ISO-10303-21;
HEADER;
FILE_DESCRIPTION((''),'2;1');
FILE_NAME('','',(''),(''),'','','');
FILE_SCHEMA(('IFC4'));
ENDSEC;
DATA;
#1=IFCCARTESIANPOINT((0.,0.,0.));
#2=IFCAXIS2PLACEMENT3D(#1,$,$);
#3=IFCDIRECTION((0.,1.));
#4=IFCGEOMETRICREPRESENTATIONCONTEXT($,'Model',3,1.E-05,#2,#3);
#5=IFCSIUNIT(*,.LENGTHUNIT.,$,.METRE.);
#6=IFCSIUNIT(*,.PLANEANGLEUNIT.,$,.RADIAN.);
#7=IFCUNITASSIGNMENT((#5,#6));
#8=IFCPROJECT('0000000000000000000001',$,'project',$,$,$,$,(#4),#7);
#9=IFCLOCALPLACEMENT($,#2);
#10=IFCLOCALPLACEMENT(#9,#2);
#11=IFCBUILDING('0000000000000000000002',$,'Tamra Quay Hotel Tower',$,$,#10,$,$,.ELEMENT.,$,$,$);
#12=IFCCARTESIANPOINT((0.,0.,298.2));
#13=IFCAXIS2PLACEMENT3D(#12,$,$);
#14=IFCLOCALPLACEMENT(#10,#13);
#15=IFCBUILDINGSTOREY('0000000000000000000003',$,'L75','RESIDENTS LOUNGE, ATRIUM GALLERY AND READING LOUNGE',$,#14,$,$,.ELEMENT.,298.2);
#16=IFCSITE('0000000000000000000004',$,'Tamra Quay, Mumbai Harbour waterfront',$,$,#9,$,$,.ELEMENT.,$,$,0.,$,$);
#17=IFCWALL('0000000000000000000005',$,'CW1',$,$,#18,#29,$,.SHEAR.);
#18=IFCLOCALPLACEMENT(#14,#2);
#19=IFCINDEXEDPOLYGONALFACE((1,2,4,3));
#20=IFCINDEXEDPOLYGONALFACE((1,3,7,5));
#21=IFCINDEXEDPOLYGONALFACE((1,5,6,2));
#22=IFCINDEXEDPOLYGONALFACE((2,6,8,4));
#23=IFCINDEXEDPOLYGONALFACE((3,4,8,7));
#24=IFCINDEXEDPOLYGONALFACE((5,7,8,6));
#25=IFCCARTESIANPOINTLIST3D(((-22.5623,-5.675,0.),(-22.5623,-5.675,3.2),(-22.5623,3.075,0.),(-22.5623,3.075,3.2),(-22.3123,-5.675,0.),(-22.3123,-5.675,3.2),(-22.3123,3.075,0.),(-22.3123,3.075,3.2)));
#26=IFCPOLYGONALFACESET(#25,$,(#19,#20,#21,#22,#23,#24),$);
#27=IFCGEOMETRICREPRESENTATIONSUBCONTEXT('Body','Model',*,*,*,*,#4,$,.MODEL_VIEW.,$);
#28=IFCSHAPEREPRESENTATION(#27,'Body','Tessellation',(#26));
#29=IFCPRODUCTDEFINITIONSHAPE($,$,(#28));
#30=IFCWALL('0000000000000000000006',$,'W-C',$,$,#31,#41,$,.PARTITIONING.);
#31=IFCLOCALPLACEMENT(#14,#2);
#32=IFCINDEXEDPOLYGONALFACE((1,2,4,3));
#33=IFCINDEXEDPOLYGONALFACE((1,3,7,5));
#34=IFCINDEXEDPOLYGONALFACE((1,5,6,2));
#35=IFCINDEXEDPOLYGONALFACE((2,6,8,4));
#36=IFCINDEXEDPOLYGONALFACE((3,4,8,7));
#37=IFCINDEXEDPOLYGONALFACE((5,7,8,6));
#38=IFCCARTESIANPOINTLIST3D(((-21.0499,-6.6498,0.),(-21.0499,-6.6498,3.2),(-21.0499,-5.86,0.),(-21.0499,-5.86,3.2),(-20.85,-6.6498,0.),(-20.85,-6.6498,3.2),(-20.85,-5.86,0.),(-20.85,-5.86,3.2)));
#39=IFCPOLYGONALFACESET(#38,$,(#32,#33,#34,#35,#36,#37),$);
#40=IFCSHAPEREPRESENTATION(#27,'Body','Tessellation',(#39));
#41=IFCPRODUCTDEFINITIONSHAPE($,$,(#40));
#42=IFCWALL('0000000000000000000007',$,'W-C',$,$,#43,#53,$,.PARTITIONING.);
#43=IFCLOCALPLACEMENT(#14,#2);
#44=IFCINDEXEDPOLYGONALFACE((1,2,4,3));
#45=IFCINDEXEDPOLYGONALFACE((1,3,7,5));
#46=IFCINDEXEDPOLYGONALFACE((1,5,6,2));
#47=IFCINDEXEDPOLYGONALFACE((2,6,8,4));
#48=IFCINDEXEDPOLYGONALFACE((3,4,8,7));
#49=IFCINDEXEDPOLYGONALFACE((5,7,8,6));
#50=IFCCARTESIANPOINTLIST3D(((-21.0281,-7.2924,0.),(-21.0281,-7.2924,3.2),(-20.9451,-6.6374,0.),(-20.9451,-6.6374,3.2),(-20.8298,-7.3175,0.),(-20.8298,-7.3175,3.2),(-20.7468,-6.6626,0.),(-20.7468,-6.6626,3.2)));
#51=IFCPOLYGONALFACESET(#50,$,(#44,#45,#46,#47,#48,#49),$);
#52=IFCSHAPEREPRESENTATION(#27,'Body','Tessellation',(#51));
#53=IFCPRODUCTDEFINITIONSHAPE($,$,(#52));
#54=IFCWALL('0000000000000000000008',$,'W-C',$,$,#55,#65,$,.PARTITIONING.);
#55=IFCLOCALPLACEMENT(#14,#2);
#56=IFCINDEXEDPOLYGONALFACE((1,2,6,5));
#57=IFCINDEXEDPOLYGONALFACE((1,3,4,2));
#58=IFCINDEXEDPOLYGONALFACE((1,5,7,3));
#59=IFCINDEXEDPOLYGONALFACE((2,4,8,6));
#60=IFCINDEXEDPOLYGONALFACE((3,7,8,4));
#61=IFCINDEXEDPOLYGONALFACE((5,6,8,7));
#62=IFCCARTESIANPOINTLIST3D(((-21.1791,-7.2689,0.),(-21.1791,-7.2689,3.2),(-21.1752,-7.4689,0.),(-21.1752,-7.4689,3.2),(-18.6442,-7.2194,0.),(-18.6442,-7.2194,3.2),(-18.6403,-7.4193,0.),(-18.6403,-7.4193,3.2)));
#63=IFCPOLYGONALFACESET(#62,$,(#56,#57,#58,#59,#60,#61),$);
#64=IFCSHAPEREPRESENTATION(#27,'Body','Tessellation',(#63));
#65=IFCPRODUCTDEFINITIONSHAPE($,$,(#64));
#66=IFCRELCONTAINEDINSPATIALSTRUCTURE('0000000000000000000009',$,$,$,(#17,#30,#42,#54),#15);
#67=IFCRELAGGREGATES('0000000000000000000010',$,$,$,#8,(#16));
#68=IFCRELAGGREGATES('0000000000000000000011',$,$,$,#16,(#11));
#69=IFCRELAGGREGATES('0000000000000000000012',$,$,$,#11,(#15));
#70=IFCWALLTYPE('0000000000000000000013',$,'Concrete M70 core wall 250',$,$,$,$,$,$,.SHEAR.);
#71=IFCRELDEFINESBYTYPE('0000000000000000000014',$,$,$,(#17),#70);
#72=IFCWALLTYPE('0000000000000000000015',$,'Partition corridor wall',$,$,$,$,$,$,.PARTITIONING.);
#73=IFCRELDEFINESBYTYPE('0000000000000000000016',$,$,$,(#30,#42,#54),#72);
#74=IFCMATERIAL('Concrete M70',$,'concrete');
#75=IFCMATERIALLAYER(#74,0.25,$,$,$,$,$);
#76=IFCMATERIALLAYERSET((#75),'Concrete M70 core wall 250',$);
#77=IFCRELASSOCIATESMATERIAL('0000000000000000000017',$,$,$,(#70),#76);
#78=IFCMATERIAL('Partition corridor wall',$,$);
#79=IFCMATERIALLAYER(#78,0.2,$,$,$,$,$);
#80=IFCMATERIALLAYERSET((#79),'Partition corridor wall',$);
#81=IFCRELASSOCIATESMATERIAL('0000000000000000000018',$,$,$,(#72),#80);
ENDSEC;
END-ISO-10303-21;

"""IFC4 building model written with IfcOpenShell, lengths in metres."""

from ifc_helpers import new_model, si_unit, direction, frame, frame_2d, origin, place, context, subcontext, project, spatial, rectangle, extrude, material, layer, layer_set, type_object, element, save


model = new_model("IFC4")

# Units and contexts
model_context = context("Model", 3, precision=1e-05, world=origin(), true_north=direction((0.0, 1.0)))
body_context = subcontext(model_context, "Body", "Model", "MODEL_VIEW")
ifc_project = project(units=[si_unit("LENGTHUNIT", "METRE"), si_unit("PLANEANGLEUNIT", "RADIAN")], contexts=[model_context])

# Site, building, storey
site_placement = place(None, origin())
site = spatial("IfcSite", under=ifc_project, at=site_placement, Name="Tamra Quay, Mumbai Harbour waterfront", CompositionType="ELEMENT", RefElevation=0.0)
building_placement = place(site_placement, origin())
building = spatial("IfcBuilding", under=site, at=building_placement, Name="Tamra Quay Hotel Tower", CompositionType="ELEMENT")
storey_placement = place(building_placement, frame((0.0, 0.0, 298.2)))
storey = spatial("IfcBuildingStorey", under=building, at=storey_placement, Name="L75", Description="RESIDENTS LOUNGE, ATRIUM GALLERY AND READING LOUNGE", CompositionType="ELEMENT", Elevation=298.2)

# Shared definitions
ifc_material_1 = material(Name="Concrete M70", Category="concrete")

# Walls
ifc_layer_1 = layer(ifc_material_1, 0.25)
ifc_layer_set_1 = layer_set([ifc_layer_1], Name="Concrete M70 core wall 250")
wall_type_1 = type_object("IfcWallType", Name="Concrete M70 core wall 250", PredefinedType="SHEAR", material=ifc_layer_set_1)
wall_1_placement = place(storey_placement, frame((-22.4373, -5.675, 0.0), z_axis=(0.0, 0.0, 1.0), x_axis=(0.0, 1.0, 0.0)))
element("IfcWall", 1, at=wall_1_placement, inside=storey, type_object=wall_type_1, Name="CW1", PredefinedType="SHEAR", context=body_context, shape_type="SweptSolid", body=[
    extrude(rectangle(XDim=8.75, YDim=0.25, at=frame_2d((4.375, 0.0))), origin(), (0.0, 0.0, 1.0), 3.2),
])
ifc_material_2 = material(Name="Partition corridor wall")
ifc_layer_2 = layer(ifc_material_2, 0.2)
ifc_layer_set_2 = layer_set([ifc_layer_2], Name="Partition corridor wall")
wall_type_2 = type_object("IfcWallType", Name="Partition corridor wall", PredefinedType="PARTITIONING", material=ifc_layer_set_2)
wall_2_placement = place(storey_placement, frame((-20.95, -6.6499, 0.0), z_axis=(0.0, 0.0, 1.0), x_axis=(0.0, 1.0, 0.0)))
element("IfcWall", 2, at=wall_2_placement, inside=storey, type_object=wall_type_2, Name="W-C", PredefinedType="PARTITIONING", context=body_context, shape_type="SweptSolid", body=[
    extrude(rectangle(XDim=0.7898, YDim=0.2, at=frame_2d((0.395, 0.0))), origin(), (0.0, 0.0, 1.0), 3.2),
])
wall_3_placement = place(storey_placement, frame((-20.929, -7.3049, 0.0), z_axis=(0.0, 0.0, 1.0), x_axis=(0.125718, 0.992066, 0.0)))
element("IfcWall", 3, at=wall_3_placement, inside=storey, type_object=wall_type_2, Name="W-C", PredefinedType="PARTITIONING", context=body_context, shape_type="SweptSolid", body=[
    extrude(rectangle(XDim=0.6602, YDim=0.2, at=frame_2d((0.3301, 0.0))), origin(), (0.0, 0.0, 1.0), 3.2),
])
wall_4_placement = place(storey_placement, frame((-21.177, -7.3689, 0.0), z_axis=(0.0, 0.0, 1.0), x_axis=(0.999809, 0.019547, 0.0)))
element("IfcWall", 4, at=wall_4_placement, inside=storey, type_object=wall_type_2, Name="W-C", PredefinedType="PARTITIONING", context=body_context, shape_type="SweptSolid", body=[
    extrude(rectangle(XDim=2.5354, YDim=0.2, at=frame_2d((1.2676, 0.0))), origin(), (0.0, 0.0, 1.0), 3.2),
])

save(model, "model.ifc")
